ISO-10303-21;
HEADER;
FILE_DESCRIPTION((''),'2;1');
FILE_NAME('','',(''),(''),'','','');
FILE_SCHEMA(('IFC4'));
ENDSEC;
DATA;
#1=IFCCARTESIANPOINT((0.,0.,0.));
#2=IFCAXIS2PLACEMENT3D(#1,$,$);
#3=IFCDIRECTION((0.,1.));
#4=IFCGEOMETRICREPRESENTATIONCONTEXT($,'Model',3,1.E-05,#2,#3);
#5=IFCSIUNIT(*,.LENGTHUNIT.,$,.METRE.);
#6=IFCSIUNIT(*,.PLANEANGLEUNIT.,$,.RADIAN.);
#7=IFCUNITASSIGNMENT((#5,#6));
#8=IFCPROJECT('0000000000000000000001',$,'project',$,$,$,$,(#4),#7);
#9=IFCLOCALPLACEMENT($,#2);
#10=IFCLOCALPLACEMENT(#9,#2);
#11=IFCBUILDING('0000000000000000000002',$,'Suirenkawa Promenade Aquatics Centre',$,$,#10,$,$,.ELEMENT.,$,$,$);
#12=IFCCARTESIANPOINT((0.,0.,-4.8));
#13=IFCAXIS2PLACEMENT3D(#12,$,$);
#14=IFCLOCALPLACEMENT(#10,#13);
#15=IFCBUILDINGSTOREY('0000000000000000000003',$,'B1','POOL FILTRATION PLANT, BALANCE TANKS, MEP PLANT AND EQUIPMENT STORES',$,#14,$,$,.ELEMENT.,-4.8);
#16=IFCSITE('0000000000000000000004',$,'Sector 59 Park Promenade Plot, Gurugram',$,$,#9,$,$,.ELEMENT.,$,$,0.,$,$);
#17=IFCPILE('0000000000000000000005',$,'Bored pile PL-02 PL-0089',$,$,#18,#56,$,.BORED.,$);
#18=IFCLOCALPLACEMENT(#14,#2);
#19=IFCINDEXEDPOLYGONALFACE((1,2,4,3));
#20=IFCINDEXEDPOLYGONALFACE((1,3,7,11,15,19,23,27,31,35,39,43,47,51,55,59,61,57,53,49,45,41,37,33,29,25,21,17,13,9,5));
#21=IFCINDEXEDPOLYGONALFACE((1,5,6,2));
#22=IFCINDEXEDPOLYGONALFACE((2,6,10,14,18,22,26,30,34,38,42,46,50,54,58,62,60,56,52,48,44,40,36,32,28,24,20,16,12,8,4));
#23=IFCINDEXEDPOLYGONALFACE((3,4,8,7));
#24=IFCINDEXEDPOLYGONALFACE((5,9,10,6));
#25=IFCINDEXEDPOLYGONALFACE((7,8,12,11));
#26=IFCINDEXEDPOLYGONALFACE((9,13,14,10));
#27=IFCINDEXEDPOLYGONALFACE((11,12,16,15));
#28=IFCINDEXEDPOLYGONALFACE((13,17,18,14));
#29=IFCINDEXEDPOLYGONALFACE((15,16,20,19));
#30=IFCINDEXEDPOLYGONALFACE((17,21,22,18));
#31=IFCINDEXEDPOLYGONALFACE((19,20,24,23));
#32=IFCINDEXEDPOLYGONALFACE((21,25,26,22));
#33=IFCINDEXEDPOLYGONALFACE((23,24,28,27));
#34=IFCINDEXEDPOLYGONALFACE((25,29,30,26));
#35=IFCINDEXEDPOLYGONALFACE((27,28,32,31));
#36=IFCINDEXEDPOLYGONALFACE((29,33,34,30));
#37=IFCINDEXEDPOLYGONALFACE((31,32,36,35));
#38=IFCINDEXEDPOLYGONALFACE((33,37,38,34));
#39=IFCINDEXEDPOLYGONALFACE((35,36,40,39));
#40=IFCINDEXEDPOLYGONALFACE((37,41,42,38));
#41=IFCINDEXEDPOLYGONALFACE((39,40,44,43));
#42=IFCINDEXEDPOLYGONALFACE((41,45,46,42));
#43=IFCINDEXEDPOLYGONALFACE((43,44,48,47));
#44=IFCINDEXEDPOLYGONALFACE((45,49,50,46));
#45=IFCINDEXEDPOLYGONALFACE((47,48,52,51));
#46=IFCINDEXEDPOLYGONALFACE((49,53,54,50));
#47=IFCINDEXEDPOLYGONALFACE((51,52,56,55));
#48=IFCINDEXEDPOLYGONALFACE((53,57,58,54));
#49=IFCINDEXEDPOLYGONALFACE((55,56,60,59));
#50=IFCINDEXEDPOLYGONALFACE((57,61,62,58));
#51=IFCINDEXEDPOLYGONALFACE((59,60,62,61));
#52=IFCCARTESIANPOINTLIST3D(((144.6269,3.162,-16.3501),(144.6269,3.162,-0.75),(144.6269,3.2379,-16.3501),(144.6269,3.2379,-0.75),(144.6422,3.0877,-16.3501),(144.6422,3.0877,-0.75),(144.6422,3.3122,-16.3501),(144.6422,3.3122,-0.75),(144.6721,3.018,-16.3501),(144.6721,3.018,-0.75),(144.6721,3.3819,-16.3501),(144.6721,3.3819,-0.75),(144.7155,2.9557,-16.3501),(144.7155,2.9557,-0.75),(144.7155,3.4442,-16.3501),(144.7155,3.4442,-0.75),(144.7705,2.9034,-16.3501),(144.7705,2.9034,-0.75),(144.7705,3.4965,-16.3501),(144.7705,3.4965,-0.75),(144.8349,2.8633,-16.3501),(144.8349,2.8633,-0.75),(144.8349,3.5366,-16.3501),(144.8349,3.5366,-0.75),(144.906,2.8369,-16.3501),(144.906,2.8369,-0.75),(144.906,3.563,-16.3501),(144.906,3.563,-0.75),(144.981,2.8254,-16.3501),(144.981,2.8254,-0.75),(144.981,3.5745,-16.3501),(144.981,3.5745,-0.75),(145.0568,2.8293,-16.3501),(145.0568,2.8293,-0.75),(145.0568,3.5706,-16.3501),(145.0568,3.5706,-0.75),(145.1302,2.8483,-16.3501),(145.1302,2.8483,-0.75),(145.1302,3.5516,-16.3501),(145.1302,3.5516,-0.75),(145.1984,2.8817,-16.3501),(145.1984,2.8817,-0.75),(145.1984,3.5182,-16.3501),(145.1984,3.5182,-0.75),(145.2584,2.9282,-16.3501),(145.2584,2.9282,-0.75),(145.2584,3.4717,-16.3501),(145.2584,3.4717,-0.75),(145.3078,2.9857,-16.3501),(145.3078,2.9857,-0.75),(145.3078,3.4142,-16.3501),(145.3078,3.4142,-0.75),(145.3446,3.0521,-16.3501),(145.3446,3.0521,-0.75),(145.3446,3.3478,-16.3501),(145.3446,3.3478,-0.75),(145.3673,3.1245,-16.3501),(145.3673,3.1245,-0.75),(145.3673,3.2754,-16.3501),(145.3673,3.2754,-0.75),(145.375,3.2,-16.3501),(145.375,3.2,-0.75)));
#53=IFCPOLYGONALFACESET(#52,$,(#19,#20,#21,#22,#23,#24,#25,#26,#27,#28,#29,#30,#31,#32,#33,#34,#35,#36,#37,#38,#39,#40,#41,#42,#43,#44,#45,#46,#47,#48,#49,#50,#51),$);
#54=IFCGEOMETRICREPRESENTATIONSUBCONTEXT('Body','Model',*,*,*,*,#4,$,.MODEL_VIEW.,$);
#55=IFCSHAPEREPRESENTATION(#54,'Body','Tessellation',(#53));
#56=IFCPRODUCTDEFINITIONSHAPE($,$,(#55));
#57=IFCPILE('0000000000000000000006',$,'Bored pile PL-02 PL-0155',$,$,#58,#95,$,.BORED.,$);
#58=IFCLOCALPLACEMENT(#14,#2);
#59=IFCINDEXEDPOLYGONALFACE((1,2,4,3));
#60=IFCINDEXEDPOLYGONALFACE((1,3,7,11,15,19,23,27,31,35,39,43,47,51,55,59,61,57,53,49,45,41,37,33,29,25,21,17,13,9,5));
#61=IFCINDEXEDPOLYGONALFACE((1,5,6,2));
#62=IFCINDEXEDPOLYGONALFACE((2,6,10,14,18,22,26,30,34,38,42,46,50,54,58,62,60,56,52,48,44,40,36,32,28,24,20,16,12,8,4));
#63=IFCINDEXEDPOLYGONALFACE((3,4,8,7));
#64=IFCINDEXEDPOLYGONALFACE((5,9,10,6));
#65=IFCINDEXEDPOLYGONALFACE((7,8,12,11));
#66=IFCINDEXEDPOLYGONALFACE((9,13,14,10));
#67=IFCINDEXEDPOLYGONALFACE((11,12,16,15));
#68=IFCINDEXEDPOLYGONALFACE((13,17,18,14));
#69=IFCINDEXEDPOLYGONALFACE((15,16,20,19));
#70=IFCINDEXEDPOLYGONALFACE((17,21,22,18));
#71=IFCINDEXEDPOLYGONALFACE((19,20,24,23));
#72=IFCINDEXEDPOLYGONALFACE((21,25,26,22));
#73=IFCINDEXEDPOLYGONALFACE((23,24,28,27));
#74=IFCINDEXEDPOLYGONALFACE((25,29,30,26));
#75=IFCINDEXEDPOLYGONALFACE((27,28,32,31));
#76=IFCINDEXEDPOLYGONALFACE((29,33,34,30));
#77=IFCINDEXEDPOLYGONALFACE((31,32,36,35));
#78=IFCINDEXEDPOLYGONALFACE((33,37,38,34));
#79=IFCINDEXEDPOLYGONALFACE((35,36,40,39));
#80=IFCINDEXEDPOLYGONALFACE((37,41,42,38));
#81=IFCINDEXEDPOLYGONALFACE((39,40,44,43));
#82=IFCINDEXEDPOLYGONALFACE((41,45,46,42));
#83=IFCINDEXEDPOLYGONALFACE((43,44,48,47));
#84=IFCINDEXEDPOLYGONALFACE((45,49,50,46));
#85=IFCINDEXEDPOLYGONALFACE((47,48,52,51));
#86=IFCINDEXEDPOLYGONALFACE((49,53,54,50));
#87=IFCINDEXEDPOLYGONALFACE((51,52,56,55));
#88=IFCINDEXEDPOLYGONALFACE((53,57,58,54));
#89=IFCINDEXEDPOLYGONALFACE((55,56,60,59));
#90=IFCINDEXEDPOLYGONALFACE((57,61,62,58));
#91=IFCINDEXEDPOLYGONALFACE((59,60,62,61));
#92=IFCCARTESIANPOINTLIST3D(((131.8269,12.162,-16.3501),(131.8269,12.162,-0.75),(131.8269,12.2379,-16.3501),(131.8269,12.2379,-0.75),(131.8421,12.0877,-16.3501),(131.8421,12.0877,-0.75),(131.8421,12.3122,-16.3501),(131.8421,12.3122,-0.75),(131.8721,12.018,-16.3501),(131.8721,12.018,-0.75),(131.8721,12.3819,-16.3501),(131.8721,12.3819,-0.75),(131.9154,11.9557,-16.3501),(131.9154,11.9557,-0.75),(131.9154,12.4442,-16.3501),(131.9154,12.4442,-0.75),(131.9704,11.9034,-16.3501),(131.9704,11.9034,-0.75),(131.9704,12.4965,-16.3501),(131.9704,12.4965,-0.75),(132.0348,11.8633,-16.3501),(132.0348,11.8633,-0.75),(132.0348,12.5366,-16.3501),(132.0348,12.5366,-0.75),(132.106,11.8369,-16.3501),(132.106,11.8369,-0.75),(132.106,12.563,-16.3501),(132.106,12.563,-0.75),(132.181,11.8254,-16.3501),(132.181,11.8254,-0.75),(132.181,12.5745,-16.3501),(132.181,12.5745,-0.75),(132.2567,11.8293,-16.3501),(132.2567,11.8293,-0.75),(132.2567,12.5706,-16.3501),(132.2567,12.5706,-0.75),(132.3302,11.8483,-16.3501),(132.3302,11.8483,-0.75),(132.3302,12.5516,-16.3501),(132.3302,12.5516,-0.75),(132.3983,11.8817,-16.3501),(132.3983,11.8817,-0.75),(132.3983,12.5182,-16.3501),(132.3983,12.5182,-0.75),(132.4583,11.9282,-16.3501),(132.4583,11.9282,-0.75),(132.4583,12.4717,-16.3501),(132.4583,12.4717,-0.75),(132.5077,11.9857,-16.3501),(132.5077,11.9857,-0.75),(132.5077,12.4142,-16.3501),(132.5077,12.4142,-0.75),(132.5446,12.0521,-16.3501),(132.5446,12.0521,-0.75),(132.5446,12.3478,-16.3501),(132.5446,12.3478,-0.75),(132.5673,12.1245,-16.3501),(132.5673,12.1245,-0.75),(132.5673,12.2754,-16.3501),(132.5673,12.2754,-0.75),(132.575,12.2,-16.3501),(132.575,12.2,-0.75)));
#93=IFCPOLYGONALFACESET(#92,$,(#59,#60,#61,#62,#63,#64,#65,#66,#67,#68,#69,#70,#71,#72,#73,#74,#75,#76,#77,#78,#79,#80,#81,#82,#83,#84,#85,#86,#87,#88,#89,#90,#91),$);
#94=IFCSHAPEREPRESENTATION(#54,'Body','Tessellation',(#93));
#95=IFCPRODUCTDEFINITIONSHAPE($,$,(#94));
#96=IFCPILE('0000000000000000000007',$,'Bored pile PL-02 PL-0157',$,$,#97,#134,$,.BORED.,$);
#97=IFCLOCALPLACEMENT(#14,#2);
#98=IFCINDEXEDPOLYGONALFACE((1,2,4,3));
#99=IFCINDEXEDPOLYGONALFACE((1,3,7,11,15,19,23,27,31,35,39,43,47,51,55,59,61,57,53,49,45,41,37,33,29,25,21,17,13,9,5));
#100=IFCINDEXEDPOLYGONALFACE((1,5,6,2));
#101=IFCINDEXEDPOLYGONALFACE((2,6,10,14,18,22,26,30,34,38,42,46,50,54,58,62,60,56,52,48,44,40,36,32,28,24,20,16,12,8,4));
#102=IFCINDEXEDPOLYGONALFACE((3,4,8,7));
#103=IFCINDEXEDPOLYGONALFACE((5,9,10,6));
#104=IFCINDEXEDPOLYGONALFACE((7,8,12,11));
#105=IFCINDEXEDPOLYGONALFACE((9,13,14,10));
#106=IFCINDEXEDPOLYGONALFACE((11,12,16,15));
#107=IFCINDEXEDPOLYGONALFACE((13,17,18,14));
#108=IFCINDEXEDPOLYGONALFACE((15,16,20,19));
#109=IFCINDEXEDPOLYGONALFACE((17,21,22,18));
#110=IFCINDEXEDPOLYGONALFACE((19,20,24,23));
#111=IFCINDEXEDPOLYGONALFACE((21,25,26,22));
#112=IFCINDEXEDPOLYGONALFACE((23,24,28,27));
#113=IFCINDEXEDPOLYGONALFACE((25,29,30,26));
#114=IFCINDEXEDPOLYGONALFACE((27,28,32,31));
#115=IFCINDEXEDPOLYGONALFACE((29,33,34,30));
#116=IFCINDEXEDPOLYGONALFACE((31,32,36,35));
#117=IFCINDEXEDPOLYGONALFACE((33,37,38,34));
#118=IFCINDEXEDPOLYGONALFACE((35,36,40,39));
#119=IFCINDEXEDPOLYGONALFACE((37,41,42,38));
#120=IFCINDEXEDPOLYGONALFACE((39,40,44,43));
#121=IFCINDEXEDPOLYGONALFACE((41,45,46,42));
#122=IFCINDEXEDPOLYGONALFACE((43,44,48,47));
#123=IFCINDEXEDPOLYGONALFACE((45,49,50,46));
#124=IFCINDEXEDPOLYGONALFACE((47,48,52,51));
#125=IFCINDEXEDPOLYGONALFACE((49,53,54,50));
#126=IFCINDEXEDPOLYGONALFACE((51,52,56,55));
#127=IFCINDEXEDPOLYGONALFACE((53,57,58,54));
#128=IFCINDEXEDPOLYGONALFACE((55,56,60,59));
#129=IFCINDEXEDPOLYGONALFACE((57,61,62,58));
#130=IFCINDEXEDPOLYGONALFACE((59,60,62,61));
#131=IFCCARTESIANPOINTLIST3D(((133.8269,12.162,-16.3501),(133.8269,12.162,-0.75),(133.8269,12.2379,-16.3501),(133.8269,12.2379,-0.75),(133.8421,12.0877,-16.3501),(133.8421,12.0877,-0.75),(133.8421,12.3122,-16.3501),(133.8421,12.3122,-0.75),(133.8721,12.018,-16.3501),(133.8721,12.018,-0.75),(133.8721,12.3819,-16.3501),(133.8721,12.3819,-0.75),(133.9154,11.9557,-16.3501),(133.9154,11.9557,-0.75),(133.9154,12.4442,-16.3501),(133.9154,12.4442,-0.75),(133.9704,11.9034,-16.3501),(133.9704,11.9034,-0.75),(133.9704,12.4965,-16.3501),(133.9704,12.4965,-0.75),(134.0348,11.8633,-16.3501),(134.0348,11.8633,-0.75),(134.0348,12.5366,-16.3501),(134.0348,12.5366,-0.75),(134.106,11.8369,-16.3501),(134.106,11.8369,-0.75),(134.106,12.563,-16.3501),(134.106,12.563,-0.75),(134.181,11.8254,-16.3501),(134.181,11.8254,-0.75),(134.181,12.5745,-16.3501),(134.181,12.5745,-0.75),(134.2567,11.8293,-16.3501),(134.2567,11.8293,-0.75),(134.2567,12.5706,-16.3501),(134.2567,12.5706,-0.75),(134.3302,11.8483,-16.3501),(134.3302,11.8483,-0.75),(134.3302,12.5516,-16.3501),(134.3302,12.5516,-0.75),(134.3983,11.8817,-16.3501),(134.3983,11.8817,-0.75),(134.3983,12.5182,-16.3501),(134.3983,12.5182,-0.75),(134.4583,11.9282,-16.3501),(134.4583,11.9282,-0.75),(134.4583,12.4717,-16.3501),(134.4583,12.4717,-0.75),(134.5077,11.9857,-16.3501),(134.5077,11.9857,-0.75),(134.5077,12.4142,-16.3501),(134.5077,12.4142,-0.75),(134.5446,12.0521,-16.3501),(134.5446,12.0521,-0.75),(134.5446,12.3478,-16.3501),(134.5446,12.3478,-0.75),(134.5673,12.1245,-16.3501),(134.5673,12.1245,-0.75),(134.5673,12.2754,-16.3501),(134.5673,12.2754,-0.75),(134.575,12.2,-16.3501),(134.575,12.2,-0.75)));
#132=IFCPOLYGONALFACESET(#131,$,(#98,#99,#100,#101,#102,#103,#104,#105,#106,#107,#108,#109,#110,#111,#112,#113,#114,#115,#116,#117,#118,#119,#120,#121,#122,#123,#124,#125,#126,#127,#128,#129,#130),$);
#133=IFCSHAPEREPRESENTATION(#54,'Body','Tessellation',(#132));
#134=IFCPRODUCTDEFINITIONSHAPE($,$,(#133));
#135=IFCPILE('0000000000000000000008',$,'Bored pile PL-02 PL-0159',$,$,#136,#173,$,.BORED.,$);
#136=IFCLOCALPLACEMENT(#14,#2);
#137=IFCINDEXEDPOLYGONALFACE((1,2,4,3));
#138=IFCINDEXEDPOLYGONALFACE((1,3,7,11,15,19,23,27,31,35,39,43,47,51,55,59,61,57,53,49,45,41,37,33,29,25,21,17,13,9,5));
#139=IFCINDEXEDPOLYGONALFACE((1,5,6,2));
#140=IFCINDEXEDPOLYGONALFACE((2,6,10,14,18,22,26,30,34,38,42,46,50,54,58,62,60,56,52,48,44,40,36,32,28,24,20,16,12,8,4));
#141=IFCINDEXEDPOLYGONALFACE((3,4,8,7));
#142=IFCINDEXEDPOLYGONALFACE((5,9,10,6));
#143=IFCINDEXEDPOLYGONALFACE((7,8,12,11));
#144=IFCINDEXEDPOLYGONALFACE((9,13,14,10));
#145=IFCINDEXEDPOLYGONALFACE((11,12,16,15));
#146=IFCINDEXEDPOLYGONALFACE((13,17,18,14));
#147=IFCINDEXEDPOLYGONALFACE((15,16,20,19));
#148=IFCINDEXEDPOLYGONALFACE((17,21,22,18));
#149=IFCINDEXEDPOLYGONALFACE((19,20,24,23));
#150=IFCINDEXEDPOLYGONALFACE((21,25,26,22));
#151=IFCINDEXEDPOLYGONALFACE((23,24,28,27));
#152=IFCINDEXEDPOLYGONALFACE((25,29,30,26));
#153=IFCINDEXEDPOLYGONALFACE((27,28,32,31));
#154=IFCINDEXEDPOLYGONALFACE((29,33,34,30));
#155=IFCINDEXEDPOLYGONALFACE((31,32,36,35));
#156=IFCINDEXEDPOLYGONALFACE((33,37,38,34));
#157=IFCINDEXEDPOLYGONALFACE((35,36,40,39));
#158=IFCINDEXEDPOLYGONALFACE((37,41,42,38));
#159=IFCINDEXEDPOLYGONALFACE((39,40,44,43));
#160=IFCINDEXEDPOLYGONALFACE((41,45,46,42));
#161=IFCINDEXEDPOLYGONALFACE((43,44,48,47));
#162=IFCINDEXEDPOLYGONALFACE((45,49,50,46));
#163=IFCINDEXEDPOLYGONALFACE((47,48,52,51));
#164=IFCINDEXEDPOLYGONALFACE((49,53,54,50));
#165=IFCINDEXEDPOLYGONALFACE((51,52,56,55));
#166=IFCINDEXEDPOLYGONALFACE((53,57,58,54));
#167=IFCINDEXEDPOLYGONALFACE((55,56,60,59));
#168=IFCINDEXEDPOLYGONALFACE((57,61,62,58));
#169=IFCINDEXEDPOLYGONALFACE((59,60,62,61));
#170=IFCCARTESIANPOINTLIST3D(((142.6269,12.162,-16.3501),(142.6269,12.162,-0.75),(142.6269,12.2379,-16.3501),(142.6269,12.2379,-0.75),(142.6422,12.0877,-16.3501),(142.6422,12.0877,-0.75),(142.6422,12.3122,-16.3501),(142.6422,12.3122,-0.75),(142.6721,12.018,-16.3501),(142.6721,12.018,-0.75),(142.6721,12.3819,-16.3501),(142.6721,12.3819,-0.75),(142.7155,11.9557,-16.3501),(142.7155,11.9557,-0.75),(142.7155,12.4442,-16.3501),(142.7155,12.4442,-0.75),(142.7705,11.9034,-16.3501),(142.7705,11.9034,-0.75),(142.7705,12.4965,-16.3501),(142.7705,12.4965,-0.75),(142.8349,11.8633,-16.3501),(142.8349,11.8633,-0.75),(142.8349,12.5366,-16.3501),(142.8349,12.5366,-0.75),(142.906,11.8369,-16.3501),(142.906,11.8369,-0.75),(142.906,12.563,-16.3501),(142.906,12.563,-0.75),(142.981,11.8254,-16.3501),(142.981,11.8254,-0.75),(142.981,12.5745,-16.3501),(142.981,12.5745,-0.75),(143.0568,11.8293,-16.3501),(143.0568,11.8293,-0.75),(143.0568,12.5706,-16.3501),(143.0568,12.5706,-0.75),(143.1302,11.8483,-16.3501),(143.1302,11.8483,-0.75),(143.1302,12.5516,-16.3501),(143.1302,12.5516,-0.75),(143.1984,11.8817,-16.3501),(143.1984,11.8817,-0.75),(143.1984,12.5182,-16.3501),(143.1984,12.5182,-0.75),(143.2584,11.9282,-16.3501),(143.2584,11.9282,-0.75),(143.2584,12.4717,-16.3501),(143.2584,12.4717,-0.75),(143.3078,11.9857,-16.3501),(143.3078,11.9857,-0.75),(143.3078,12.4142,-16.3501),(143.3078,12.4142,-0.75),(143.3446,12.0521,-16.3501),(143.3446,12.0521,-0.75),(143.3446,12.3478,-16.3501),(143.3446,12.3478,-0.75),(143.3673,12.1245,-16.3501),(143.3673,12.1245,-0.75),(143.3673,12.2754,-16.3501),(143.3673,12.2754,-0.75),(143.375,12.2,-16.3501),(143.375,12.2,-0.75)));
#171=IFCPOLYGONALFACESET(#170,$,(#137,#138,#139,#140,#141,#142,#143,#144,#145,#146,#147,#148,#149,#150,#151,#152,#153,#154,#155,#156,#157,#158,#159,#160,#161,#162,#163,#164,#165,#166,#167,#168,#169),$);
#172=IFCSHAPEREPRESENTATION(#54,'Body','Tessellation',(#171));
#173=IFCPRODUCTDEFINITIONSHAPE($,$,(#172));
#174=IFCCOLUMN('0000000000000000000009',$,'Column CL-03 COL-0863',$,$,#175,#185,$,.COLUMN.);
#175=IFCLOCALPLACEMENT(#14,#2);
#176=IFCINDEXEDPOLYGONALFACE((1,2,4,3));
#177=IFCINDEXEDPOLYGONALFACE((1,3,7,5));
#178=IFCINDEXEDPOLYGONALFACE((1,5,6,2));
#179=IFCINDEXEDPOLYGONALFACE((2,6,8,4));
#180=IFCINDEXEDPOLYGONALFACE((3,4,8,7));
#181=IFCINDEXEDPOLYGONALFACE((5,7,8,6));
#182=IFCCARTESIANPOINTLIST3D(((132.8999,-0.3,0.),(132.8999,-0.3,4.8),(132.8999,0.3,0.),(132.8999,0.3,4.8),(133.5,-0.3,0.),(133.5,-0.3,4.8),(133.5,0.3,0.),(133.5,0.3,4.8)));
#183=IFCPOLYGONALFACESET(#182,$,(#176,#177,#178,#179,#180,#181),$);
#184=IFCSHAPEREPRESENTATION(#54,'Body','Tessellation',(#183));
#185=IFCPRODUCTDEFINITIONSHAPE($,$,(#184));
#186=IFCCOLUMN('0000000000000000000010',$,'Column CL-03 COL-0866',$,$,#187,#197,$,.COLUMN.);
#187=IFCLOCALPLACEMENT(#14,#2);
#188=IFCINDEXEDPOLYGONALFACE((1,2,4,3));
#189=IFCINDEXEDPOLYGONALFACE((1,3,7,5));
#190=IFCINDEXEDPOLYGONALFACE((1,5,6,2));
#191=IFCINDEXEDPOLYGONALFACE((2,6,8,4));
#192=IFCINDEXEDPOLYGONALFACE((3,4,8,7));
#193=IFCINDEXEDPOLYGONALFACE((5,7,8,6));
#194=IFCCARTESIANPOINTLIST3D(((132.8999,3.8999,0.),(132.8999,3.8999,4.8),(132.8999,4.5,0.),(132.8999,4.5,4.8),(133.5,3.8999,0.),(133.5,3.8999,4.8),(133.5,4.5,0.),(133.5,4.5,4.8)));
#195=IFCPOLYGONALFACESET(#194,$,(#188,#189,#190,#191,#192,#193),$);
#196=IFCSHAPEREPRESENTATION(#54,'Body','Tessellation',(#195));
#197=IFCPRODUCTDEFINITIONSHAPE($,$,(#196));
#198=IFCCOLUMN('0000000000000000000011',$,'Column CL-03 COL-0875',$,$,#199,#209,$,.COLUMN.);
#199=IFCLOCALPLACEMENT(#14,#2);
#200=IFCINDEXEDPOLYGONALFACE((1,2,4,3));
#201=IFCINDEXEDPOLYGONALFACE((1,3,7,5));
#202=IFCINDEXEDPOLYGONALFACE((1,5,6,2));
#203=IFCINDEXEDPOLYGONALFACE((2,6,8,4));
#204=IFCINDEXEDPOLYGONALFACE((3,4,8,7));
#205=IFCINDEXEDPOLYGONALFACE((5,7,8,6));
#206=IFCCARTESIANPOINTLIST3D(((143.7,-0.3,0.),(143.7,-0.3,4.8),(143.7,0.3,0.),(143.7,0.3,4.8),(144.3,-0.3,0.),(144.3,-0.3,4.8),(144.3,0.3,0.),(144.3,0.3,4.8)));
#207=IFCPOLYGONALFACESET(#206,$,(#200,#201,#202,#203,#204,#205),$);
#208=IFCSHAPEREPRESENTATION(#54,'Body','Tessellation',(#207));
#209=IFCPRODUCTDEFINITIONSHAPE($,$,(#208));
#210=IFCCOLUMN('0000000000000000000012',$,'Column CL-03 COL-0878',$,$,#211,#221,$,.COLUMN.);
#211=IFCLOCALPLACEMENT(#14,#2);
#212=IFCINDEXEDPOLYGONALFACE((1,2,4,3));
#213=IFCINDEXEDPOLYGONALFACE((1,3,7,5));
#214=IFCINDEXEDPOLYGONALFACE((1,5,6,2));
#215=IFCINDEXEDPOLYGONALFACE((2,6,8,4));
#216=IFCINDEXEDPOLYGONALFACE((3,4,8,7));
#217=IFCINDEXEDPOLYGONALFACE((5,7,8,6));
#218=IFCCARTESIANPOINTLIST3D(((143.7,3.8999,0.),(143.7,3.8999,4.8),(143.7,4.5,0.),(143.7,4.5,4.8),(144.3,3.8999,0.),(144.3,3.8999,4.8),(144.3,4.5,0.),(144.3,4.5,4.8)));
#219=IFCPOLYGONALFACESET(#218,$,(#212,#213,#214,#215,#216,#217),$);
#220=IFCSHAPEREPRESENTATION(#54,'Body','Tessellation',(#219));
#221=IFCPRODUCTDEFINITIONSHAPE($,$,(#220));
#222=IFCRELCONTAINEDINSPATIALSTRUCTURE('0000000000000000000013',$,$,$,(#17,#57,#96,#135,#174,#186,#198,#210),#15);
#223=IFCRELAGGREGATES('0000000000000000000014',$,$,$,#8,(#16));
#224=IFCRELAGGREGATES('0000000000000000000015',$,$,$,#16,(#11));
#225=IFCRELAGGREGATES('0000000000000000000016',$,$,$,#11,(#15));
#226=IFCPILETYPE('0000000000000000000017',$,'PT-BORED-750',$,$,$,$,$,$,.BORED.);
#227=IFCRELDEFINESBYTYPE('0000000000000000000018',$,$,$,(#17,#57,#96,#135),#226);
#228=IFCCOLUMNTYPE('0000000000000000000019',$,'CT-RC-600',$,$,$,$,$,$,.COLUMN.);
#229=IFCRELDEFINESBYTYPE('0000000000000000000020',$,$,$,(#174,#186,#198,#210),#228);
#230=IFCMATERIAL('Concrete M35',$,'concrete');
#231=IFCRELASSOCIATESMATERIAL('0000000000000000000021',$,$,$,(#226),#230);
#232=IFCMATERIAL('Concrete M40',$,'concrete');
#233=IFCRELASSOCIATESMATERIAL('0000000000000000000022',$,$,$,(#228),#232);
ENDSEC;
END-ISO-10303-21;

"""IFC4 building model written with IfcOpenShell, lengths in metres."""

from ifc_helpers import new_model, si_unit, direction, frame, origin, origin_2d, place, context, subcontext, project, spatial, rectangle, circle, extrude, material, material_profile, profile_set, type_object, element, save


model = new_model("IFC4")

# Units and contexts
model_context = context("Model", 3, precision=1e-05, world=origin(), true_north=direction((0.0, 1.0)))
body_context = subcontext(model_context, "Body", "Model", "MODEL_VIEW")
ifc_project = project(units=[si_unit("LENGTHUNIT", "METRE"), si_unit("PLANEANGLEUNIT", "RADIAN")], contexts=[model_context])

# Site, building, storey
site_placement = place(None, origin())
site = spatial("IfcSite", under=ifc_project, at=site_placement, Name="Sector 59 Park Promenade Plot, Gurugram", CompositionType="ELEMENT", RefElevation=0.0)
building_placement = place(site_placement, origin())
building = spatial("IfcBuilding", under=site, at=building_placement, Name="Suirenkawa Promenade Aquatics Centre", CompositionType="ELEMENT")
storey_placement = place(building_placement, frame((0.0, 0.0, -4.8)))
storey = spatial("IfcBuildingStorey", under=building, at=storey_placement, Name="B1", Description="POOL FILTRATION PLANT, BALANCE TANKS, MEP PLANT AND EQUIPMENT STORES", CompositionType="ELEMENT", Elevation=-4.8)

# Shared definitions
ifc_material_1 = material(Name="Concrete M35", Category="concrete")

# Piles
ifc_material_profile_1 = material_profile(ifc_material_1, circle(Radius=0.375, at=origin_2d()), Name="PILE D750", Category="concrete")
ifc_profile_set_1 = profile_set([ifc_material_profile_1], Name="Concrete M35")
pile_type = type_object("IfcPileType", Name="PT-BORED-750", PredefinedType="BORED", material=ifc_profile_set_1)
for number, where, z_axis, x_axis, name in (
    (1, (145.0, 3.2, -0.75), (0.0, 0.0, -1.0), (1.0, 0.0, 0.0), "Bored pile PL-02 PL-0089"),
    (2, (132.2, 12.2, -0.75), (0.0, 0.0, -1.0), (1.0, 0.0, 0.0), "Bored pile PL-02 PL-0155"),
    (3, (134.2, 12.2, -0.75), (0.0, 0.0, -1.0), (1.0, 0.0, 0.0), "Bored pile PL-02 PL-0157"),
    (4, (143.0, 12.2, -0.75), (0.0, 0.0, -1.0), (1.0, 0.0, 0.0), "Bored pile PL-02 PL-0159"),
):
    element("IfcPile", number, at=place(storey_placement, frame(where, z_axis=z_axis, x_axis=x_axis)), inside=storey, type_object=pile_type, Name=name, PredefinedType="BORED", context=body_context, shape_type="SweptSolid", body=[
        extrude(circle(Radius=0.375, at=origin_2d()), origin(), (0.0, 0.0, 1.0), 15.6001),
    ])

# Columns
ifc_material_2 = material(Name="Concrete M40", Category="concrete")
ifc_material_profile_2 = material_profile(ifc_material_2, rectangle(XDim=0.6001, YDim=0.6001, at=origin_2d()), Name="RC COL 600x600", Category="concrete")
ifc_profile_set_2 = profile_set([ifc_material_profile_2], Name="Concrete M40")
column_type = type_object("IfcColumnType", Name="CT-RC-600", PredefinedType="COLUMN", material=ifc_profile_set_2)
for number, where, z_axis, x_axis, name in (
    (5, (133.2, 0.0, 0.0), (0.0, 0.0, 1.0), (1.0, 0.0, 0.0), "Column CL-03 COL-0863"),
    (6, (133.2, 4.2, 0.0), (0.0, 0.0, 1.0), (1.0, 0.0, 0.0), "Column CL-03 COL-0866"),
    (7, (144.0, 0.0, 0.0), (0.0, 0.0, 1.0), (1.0, 0.0, 0.0), "Column CL-03 COL-0875"),
    (8, (144.0, 4.2, 0.0), (0.0, 0.0, 1.0), (1.0, 0.0, 0.0), "Column CL-03 COL-0878"),
):
    element("IfcColumn", number, at=place(storey_placement, frame(where, z_axis=z_axis, x_axis=x_axis)), inside=storey, type_object=column_type, Name=name, PredefinedType="COLUMN", context=body_context, shape_type="SweptSolid", body=[
        extrude(rectangle(XDim=0.6001, YDim=0.6001, at=origin_2d()), origin(), (0.0, 0.0, 1.0), 4.8),
    ])

save(model, "model.ifc")
